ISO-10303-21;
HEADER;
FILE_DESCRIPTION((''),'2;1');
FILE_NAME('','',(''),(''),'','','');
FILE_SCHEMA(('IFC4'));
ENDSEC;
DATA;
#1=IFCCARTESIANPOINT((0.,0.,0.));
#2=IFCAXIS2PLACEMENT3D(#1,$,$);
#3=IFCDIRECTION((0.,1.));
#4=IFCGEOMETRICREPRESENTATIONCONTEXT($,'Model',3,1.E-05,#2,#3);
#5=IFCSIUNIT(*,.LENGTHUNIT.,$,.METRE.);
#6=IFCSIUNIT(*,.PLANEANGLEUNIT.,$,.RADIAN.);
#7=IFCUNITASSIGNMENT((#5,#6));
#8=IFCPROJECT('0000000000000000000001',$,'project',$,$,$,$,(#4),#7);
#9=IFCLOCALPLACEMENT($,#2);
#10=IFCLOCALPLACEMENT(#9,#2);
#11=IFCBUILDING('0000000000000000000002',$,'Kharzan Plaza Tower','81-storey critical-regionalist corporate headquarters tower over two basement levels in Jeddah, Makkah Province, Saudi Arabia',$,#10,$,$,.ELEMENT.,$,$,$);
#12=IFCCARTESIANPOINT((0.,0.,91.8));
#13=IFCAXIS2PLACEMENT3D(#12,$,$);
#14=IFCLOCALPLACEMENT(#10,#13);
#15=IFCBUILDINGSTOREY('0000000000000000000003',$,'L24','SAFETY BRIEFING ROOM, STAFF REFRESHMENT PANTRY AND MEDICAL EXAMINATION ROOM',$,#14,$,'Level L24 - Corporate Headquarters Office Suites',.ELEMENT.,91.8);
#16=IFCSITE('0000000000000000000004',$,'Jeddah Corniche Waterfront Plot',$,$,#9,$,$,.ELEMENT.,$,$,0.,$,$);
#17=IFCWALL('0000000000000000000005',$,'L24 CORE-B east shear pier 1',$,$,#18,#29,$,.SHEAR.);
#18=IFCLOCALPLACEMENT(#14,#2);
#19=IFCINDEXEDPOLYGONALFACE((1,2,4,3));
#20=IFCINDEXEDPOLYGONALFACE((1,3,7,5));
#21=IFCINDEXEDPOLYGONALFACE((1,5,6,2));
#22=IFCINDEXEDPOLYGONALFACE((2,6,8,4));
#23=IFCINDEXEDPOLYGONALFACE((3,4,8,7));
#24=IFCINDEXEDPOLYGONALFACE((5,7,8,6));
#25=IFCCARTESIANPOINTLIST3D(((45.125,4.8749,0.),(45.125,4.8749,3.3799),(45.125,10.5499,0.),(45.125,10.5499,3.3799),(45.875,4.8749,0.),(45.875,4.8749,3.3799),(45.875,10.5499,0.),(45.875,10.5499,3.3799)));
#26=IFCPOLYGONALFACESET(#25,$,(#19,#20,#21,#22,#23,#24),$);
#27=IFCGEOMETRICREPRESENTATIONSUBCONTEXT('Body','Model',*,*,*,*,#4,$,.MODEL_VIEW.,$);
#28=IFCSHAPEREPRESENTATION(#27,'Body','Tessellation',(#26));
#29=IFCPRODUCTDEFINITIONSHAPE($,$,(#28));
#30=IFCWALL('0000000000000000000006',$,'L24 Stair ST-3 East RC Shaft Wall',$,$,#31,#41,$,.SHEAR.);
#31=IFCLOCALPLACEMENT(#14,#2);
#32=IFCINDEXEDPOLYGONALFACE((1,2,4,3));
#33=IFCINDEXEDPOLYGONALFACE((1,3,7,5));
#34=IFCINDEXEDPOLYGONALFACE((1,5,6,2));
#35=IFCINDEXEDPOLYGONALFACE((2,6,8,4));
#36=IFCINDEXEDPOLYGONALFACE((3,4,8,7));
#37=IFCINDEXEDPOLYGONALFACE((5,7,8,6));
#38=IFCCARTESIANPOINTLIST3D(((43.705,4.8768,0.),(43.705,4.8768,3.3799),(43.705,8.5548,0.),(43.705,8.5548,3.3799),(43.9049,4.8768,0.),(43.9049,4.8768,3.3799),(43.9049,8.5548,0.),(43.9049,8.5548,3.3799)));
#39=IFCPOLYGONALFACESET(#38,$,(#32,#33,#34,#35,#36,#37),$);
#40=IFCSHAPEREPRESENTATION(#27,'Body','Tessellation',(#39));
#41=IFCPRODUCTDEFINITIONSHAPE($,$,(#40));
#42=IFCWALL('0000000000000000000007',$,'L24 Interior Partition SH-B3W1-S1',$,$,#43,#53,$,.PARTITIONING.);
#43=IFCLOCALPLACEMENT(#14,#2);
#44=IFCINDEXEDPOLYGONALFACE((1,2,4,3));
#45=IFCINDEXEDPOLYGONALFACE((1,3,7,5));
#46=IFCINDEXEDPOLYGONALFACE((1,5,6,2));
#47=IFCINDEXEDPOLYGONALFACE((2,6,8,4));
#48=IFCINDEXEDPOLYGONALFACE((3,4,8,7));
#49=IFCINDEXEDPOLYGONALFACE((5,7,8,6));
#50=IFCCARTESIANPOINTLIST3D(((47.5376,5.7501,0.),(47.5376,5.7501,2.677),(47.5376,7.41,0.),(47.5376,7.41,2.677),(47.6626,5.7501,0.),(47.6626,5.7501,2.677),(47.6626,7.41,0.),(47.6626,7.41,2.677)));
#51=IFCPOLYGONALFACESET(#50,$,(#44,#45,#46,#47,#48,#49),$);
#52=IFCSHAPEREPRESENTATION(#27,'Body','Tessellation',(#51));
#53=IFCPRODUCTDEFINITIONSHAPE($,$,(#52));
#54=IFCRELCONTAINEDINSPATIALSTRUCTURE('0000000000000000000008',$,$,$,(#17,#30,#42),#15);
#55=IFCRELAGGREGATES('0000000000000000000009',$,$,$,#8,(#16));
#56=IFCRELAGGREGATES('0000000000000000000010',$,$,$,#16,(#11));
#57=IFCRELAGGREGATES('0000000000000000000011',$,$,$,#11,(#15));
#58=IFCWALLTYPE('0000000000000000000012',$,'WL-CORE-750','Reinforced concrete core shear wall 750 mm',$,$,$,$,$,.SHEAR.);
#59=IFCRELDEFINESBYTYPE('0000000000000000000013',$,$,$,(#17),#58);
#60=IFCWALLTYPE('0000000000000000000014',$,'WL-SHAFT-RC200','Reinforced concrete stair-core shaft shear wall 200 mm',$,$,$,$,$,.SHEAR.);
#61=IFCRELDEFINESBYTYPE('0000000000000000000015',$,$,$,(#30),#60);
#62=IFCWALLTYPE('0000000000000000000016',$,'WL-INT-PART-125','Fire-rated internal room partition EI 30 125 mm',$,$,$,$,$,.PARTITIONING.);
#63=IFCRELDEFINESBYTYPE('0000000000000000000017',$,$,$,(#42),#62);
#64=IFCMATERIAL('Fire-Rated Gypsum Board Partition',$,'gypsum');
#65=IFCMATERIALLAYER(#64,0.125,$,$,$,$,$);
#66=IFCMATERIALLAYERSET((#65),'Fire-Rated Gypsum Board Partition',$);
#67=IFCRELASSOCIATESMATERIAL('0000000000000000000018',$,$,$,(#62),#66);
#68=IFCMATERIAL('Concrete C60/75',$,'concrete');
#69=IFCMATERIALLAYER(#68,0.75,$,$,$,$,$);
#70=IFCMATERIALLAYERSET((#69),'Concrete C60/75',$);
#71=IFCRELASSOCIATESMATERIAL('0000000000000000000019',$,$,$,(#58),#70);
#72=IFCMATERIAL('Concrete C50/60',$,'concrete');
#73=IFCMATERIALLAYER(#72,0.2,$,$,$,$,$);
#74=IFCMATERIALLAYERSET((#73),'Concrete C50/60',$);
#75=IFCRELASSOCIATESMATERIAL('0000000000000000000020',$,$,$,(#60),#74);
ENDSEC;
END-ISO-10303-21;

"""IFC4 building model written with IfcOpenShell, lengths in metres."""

from ifc_helpers import new_model, si_unit, direction, frame, frame_2d, origin, place, context, subcontext, project, spatial, rectangle, extrude, source, transform, mapped, material, layer, layer_set, type_object, element, save


model = new_model("IFC4")

# Units and contexts
model_context = context("Model", 3, precision=1e-05, world=origin(), true_north=direction((0.0, 1.0)))
body_context = subcontext(model_context, "Body", "Model", "MODEL_VIEW")
ifc_project = project(units=[si_unit("LENGTHUNIT", "METRE"), si_unit("PLANEANGLEUNIT", "RADIAN")], contexts=[model_context])

# Site, building, storey
site_placement = place(None, origin())
site = spatial("IfcSite", under=ifc_project, at=site_placement, Name="Jeddah Corniche Waterfront Plot", CompositionType="ELEMENT", RefElevation=0.0)
building_placement = place(site_placement, origin())
building = spatial("IfcBuilding", under=site, at=building_placement, Name="Kharzan Plaza Tower", Description="81-storey critical-regionalist corporate headquarters tower over two basement levels in Jeddah, Makkah Province, Saudi Arabia", CompositionType="ELEMENT")
storey_placement = place(building_placement, frame((0.0, 0.0, 91.8)))
storey = spatial("IfcBuildingStorey", under=building, at=storey_placement, Name="L24", Description="SAFETY BRIEFING ROOM, STAFF REFRESHMENT PANTRY AND MEDICAL EXAMINATION ROOM", LongName="Level L24 - Corporate Headquarters Office Suites", CompositionType="ELEMENT", Elevation=91.8)

# Shared definitions
ifc_material_1 = material(Name="Concrete C50/60", Category="concrete")
ifc_material_2 = material(Name="Concrete C60/75", Category="concrete")

# Shared definitions
ifc_material_3 = material(Name="Fire-Rated Gypsum Board Partition", Category="gypsum")
ifc_layer_1 = layer(ifc_material_3, 0.125)
ifc_layer_set_1 = layer_set([ifc_layer_1], Name="Fire-Rated Gypsum Board Partition")
wall_type_1 = type_object("IfcWallType", Name="WL-INT-PART-125", Description="Fire-rated internal room partition EI 30 125 mm", PredefinedType="PARTITIONING", material=ifc_layer_set_1)

# Walls
ifc_layer_2 = layer(ifc_material_2, 0.75)
ifc_layer_set_2 = layer_set([ifc_layer_2], Name="Concrete C60/75")
wall_type_2 = type_object("IfcWallType", Name="WL-CORE-750", Description="Reinforced concrete core shear wall 750 mm", PredefinedType="SHEAR", material=ifc_layer_set_2)
shared_shape_1 = source(origin(), body_context, "Body", "SweptSolid", [
    extrude(rectangle(XDim=5.675, YDim=0.75, at=frame_2d((2.8374, 0.0))), origin(), (0.0, 0.0, 1.0), 3.3799),
])
wall_1_placement = place(storey_placement, frame((45.5, 4.875, 0.0), z_axis=(0.0, 0.0, 1.0), x_axis=(0.0, 1.0, 0.0)))
element("IfcWall", 1, at=wall_1_placement, inside=storey, type_object=wall_type_2, Name="L24 CORE-B east shear pier 1", PredefinedType="SHEAR", context=body_context, shape_type="MappedRepresentation", body=[
    mapped(shared_shape_1, transform((0.0, 0.0, 0.0), x_axis=(1.0, 0.0, 0.0), y_axis=(0.0, 1.0, 0.0), z_axis=(0.0, 0.0, 1.0))),
])
ifc_layer_3 = layer(ifc_material_1, 0.2)
ifc_layer_set_3 = layer_set([ifc_layer_3], Name="Concrete C50/60")
wall_type_3 = type_object("IfcWallType", Name="WL-SHAFT-RC200", Description="Reinforced concrete stair-core shaft shear wall 200 mm", PredefinedType="SHEAR", material=ifc_layer_set_3)
shared_shape_2 = source(origin(), body_context, "Body", "SweptSolid", [
    extrude(rectangle(XDim=3.678, YDim=0.2, at=frame_2d((1.8389, 0.0))), origin(), (0.0, 0.0, 1.0), 3.3799),
])
wall_2_placement = place(storey_placement, frame((43.8049, 4.877, 0.0), z_axis=(0.0, 0.0, 1.0), x_axis=(0.0, 1.0, 0.0)))
element("IfcWall", 2, at=wall_2_placement, inside=storey, type_object=wall_type_3, Name="L24 Stair ST-3 East RC Shaft Wall", PredefinedType="SHEAR", context=body_context, shape_type="MappedRepresentation", body=[
    mapped(shared_shape_2, transform((0.0, 0.0, 0.0), x_axis=(1.0, 0.0, 0.0), y_axis=(0.0, 1.0, 0.0), z_axis=(0.0, 0.0, 1.0))),
])
shared_shape_3 = source(origin(), body_context, "Body", "SweptSolid", [
    extrude(rectangle(XDim=1.6599, YDim=0.125, at=frame_2d((0.8301, 0.0))), origin(), (0.0, 0.0, 1.0), 2.677),
])
wall_3_placement = place(storey_placement, frame((47.6001, 5.75, 0.0), z_axis=(0.0, 0.0, 1.0), x_axis=(0.0, 1.0, 0.0)))
element("IfcWall", 3, at=wall_3_placement, inside=storey, type_object=wall_type_1, Name="L24 Interior Partition SH-B3W1-S1", PredefinedType="PARTITIONING", context=body_context, shape_type="MappedRepresentation", body=[
    mapped(shared_shape_3, transform((0.0, 0.0, 0.0), x_axis=(1.0, 0.0, 0.0), y_axis=(0.0, 1.0, 0.0), z_axis=(0.0, 0.0, 1.0))),
])

save(model, "model.ifc")
